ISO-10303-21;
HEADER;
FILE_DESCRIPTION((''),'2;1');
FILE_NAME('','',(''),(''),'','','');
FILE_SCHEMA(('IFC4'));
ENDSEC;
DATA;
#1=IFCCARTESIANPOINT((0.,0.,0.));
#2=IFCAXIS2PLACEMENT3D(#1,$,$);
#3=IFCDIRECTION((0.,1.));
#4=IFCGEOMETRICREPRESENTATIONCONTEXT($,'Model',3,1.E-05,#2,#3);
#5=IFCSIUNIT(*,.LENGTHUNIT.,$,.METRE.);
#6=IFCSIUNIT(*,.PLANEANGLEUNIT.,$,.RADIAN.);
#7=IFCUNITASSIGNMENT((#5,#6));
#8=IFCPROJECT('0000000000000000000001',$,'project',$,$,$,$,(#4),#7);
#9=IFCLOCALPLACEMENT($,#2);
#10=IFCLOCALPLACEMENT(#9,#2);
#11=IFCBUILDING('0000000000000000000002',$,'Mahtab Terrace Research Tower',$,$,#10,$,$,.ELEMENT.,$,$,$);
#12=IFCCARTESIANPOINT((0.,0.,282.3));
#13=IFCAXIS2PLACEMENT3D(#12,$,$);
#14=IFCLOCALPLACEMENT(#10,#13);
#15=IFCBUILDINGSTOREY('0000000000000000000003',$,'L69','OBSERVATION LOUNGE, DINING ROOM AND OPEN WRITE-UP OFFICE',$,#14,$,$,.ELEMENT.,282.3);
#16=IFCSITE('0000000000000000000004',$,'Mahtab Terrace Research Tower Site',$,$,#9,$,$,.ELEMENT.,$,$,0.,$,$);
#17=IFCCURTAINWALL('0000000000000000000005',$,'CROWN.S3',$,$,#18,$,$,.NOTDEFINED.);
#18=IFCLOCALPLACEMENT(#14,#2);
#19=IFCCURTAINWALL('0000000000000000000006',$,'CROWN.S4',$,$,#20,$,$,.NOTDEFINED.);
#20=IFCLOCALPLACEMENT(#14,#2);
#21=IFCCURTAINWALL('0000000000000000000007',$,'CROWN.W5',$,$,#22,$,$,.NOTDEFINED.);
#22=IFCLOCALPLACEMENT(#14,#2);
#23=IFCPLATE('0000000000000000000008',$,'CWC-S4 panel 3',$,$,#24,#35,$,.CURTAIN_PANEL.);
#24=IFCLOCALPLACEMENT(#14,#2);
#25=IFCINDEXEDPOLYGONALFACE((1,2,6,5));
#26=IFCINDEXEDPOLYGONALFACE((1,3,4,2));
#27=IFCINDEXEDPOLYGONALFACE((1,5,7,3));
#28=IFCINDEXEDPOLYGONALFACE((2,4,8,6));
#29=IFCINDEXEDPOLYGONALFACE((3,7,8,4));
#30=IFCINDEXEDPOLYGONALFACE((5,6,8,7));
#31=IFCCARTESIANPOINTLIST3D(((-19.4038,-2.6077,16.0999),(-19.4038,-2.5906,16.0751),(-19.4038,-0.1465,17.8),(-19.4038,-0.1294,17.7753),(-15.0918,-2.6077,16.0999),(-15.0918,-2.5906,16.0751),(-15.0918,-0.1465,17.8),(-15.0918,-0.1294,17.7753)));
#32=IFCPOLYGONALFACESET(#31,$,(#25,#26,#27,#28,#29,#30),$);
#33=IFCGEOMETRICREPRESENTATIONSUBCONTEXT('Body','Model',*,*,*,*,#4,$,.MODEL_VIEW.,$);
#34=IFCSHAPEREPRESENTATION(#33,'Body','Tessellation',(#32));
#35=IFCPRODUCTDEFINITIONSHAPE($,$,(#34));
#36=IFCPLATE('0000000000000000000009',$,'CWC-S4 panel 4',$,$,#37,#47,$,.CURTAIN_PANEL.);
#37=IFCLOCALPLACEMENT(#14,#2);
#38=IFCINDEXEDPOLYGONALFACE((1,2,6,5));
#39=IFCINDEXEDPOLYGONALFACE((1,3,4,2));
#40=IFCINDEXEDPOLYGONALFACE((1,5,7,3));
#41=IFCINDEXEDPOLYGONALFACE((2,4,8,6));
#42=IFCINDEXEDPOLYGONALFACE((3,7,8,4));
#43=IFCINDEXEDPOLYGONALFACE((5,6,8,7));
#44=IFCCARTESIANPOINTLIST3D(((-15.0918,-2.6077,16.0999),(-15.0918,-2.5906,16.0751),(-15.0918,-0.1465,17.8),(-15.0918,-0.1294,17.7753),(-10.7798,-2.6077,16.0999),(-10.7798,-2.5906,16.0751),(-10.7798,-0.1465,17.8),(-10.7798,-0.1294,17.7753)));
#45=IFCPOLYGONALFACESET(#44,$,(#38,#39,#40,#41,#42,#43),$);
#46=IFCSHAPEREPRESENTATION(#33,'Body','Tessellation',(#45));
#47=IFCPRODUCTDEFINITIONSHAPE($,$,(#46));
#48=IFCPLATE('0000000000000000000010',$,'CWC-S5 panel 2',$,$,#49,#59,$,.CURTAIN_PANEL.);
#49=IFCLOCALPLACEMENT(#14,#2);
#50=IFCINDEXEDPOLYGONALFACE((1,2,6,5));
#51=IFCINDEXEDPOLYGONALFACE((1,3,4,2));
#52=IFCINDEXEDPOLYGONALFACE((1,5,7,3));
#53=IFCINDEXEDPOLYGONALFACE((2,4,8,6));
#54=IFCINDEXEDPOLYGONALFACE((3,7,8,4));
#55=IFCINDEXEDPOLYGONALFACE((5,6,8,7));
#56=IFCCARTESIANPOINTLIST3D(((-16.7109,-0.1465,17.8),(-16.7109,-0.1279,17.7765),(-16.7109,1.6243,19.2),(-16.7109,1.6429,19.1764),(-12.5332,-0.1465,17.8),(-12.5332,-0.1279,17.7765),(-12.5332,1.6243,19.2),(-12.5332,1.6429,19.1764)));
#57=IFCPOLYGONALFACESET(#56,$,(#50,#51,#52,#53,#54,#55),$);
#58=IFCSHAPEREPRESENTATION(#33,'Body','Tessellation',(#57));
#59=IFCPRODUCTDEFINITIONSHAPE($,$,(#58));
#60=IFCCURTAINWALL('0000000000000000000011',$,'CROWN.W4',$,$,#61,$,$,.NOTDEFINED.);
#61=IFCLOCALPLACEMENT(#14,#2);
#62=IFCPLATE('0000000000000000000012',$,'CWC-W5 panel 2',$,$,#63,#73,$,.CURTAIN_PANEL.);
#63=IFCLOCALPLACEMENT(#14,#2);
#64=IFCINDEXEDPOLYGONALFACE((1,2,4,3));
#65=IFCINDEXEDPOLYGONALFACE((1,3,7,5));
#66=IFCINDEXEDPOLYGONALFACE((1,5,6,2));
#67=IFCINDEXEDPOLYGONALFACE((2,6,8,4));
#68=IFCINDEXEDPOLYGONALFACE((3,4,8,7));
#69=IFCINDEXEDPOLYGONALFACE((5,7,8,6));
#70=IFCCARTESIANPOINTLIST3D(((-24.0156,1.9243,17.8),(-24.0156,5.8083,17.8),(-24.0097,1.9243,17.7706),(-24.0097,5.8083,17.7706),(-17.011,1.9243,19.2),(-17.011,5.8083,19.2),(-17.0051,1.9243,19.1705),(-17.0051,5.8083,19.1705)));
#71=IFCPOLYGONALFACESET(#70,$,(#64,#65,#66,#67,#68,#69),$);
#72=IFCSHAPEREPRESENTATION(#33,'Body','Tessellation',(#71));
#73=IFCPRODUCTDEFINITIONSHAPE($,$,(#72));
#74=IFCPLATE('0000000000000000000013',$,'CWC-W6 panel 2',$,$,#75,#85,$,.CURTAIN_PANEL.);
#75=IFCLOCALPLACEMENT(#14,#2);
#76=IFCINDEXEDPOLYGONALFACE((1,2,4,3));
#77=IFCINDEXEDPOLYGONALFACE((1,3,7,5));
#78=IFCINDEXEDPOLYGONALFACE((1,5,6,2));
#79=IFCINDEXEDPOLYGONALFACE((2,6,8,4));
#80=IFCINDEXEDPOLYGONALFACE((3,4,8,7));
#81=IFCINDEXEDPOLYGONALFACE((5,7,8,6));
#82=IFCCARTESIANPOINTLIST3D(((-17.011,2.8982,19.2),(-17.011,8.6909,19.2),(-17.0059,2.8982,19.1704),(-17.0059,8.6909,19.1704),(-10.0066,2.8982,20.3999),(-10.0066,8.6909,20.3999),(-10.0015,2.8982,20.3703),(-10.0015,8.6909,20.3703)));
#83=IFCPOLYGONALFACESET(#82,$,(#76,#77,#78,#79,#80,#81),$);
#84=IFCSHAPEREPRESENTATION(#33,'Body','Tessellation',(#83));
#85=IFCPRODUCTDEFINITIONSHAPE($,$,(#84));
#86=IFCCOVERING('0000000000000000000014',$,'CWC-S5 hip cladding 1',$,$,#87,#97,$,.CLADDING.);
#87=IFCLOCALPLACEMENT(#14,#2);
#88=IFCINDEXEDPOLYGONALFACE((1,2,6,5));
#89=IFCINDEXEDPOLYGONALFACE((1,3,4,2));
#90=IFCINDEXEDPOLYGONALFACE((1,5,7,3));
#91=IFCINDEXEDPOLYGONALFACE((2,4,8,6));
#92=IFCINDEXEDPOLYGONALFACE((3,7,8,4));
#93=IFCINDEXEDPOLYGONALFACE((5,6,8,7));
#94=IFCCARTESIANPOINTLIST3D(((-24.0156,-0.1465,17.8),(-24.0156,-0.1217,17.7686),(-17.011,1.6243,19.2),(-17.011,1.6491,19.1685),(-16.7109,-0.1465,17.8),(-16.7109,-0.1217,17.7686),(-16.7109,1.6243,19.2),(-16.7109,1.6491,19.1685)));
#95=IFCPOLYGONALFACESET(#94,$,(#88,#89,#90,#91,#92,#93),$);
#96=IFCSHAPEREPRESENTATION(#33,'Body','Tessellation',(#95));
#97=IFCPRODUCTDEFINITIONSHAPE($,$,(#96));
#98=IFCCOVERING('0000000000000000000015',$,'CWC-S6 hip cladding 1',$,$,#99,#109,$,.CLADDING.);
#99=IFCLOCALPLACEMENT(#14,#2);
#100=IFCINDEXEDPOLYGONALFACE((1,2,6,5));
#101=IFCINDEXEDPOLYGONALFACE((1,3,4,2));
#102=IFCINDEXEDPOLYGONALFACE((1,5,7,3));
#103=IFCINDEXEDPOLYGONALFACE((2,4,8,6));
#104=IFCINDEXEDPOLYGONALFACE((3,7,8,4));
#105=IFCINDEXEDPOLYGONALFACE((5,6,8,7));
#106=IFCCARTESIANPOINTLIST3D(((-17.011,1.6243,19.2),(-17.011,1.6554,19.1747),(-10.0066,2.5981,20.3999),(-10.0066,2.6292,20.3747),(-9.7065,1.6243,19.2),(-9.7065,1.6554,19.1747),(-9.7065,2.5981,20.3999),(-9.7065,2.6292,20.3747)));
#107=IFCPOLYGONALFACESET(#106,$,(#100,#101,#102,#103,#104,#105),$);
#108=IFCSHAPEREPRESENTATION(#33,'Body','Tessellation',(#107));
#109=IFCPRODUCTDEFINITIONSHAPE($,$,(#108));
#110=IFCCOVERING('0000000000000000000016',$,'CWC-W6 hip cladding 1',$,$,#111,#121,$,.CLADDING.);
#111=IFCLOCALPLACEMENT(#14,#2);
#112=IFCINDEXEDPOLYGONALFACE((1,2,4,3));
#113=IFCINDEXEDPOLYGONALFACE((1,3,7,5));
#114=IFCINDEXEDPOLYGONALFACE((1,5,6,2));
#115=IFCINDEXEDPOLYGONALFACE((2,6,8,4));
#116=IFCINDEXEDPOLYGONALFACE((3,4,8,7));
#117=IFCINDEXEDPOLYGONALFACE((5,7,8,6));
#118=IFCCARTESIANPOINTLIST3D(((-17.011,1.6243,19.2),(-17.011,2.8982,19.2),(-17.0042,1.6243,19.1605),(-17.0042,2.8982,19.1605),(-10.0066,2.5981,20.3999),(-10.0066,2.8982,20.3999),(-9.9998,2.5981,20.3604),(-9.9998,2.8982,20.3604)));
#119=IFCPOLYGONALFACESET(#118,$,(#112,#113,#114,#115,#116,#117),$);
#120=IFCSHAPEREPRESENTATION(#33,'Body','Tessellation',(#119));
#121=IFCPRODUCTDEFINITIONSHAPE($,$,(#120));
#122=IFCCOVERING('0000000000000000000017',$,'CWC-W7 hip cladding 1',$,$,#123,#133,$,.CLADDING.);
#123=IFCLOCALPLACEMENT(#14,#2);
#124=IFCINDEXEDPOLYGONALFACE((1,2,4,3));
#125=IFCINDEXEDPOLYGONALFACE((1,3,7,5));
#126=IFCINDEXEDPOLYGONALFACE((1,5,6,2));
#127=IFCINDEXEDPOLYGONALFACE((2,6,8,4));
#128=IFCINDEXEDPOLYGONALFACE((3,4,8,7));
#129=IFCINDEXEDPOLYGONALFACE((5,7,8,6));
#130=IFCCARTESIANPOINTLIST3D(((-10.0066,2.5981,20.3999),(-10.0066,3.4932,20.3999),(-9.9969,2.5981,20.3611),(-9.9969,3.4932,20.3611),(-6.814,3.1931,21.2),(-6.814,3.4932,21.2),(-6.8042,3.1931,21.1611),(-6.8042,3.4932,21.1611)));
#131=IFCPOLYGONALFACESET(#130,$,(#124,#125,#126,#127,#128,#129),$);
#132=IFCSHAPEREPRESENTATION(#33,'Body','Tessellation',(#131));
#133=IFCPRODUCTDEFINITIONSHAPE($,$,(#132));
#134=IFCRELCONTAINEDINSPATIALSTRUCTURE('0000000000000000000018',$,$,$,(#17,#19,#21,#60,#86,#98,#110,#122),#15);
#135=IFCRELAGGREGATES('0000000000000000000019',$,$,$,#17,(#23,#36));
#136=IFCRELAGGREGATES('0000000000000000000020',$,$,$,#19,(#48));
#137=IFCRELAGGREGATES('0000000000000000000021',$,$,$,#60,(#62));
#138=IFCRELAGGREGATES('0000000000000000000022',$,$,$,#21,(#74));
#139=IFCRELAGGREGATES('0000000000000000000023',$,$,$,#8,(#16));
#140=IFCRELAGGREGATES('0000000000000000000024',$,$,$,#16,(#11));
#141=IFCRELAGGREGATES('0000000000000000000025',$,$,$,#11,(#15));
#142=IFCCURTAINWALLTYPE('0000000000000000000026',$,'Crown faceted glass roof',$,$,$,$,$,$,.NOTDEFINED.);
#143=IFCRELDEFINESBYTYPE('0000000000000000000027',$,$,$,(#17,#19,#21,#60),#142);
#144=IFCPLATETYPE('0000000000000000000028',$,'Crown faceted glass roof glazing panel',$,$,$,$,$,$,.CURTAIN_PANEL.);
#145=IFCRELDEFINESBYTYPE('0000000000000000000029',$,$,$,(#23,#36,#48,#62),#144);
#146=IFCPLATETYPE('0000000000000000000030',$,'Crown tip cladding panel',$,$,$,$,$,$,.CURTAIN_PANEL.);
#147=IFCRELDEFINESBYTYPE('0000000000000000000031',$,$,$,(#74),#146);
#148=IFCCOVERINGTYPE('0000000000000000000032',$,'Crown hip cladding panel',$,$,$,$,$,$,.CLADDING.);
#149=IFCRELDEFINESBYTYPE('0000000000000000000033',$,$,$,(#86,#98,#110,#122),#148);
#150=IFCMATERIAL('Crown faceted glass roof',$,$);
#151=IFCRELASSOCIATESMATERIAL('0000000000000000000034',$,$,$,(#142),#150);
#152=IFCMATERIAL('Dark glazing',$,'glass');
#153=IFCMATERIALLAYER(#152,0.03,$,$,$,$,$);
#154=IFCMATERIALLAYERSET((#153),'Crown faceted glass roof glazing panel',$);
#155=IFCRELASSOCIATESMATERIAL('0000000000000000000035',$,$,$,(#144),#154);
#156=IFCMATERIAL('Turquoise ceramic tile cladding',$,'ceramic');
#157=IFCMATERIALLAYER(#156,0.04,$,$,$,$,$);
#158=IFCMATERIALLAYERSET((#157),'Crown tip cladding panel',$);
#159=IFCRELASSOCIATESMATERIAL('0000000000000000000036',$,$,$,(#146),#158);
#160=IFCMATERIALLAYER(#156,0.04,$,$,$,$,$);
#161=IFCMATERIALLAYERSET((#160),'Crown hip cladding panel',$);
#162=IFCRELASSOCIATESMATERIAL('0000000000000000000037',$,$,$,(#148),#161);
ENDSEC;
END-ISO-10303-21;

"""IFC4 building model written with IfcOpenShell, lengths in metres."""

from ifc_helpers import new_model, si_unit, direction, frame, origin, place, context, subcontext, project, spatial, polyline, outline, extrude, material, layer, layer_set, type_object, element, aggregate, save


model = new_model("IFC4")

# Units and contexts
model_context = context("Model", 3, precision=1e-05, world=origin(), true_north=direction((0.0, 1.0)))
body_context = subcontext(model_context, "Body", "Model", "MODEL_VIEW")
ifc_project = project(units=[si_unit("LENGTHUNIT", "METRE"), si_unit("PLANEANGLEUNIT", "RADIAN")], contexts=[model_context])

# Site, building, storey
site_placement = place(None, origin())
site = spatial("IfcSite", under=ifc_project, at=site_placement, Name="Mahtab Terrace Research Tower Site", CompositionType="ELEMENT", RefElevation=0.0)
building_placement = place(site_placement, origin())
building = spatial("IfcBuilding", under=site, at=building_placement, Name="Mahtab Terrace Research Tower", CompositionType="ELEMENT")
storey_placement = place(building_placement, frame((0.0, 0.0, 282.3)))
storey = spatial("IfcBuildingStorey", under=building, at=storey_placement, Name="L69", Description="OBSERVATION LOUNGE, DINING ROOM AND OPEN WRITE-UP OFFICE", CompositionType="ELEMENT", Elevation=282.3)

# Shared definitions
ifc_material_1 = material(Name="Crown faceted glass roof")
curtain_wall_type = type_object("IfcCurtainWallType", Name="Crown faceted glass roof", PredefinedType="NOTDEFINED", material=ifc_material_1)

# Curtain walls
curtain_wall_1_placement = place(storey_placement, origin())
curtain_wall_1 = element("IfcCurtainWall", 1, at=curtain_wall_1_placement, inside=storey, type_object=curtain_wall_type, Name="CROWN.S3", PredefinedType="NOTDEFINED")
curtain_wall_2_placement = place(storey_placement, origin())
curtain_wall_2 = element("IfcCurtainWall", 2, at=curtain_wall_2_placement, inside=storey, type_object=curtain_wall_type, Name="CROWN.S4", PredefinedType="NOTDEFINED")

# Curtain wall
curtain_wall_3_placement = place(storey_placement, origin())
curtain_wall_3 = element("IfcCurtainWall", 3, at=curtain_wall_3_placement, inside=storey, type_object=curtain_wall_type, Name="CROWN.W5", PredefinedType="NOTDEFINED")

# Plates
ifc_material_2 = material(Name="Dark glazing", Category="glass")
ifc_layer_1 = layer(ifc_material_2, 0.03)
ifc_layer_set_1 = layer_set([ifc_layer_1], Name="Crown faceted glass roof glazing panel")
plate_type_1 = type_object("IfcPlateType", Name="Crown faceted glass roof glazing panel", PredefinedType="CURTAIN_PANEL", material=ifc_layer_set_1)
plate_1_placement = place(storey_placement, frame((-15.0918, -2.6077, 16.0999), z_axis=(0.0, -0.568374, 0.822771), x_axis=(0.0, 0.822771, 0.568374)))
plate_1 = element("IfcPlate", 4, at=plate_1_placement, type_object=plate_type_1, Name="CWC-S4 panel 3", PredefinedType="CURTAIN_PANEL", context=body_context, shape_type="SweptSolid", body=[
    extrude(outline(polyline([(0.0, 0.0), (2.9913, 0.0), (2.9913, 4.312), (0.0, 4.312), (0.0, 0.0)])), origin(), (0.0, 0.0, -1.0), 0.03),
])
plate_2_placement = place(storey_placement, frame((-10.7798, -2.6077, 16.0999), z_axis=(0.0, -0.568374, 0.822771), x_axis=(0.0, 0.822771, 0.568374)))
plate_2 = element("IfcPlate", 5, at=plate_2_placement, type_object=plate_type_1, Name="CWC-S4 panel 4", PredefinedType="CURTAIN_PANEL", context=body_context, shape_type="SweptSolid", body=[
    extrude(outline(polyline([(0.0, 0.0), (2.9913, 0.0), (2.9913, 4.312), (0.0, 4.312), (0.0, 0.0)])), origin(), (0.0, 0.0, -1.0), 0.03),
])
aggregate(curtain_wall_1, [plate_1, plate_2])
plate_3_placement = place(storey_placement, frame((-12.5332, -0.1465, 17.8), z_axis=(0.0, -0.620174, 0.784465), x_axis=(0.0, 0.784465, 0.620174)))
plate_3 = element("IfcPlate", 6, at=plate_3_placement, type_object=plate_type_1, Name="CWC-S5 panel 2", PredefinedType="CURTAIN_PANEL", context=body_context, shape_type="SweptSolid", body=[
    extrude(outline(polyline([(0.0, 0.0), (2.2573, 0.0), (2.2573, 4.1777), (0.0, 4.1777), (0.0, 0.0)])), origin(), (0.0, 0.0, -1.0), 0.03),
])
aggregate(curtain_wall_2, [plate_3])

# Curtain wall, plate
curtain_wall_4_placement = place(storey_placement, origin())
curtain_wall_4 = element("IfcCurtainWall", 7, at=curtain_wall_4_placement, inside=storey, type_object=curtain_wall_type, Name="CROWN.W4", PredefinedType="NOTDEFINED")
plate_4_placement = place(storey_placement, frame((-17.011, 1.9243, 19.2), z_axis=(-0.195978, 0.0, 0.980608), x_axis=(0.0, 1.0, 0.0)))
plate_4 = element("IfcPlate", 8, at=plate_4_placement, type_object=plate_type_1, Name="CWC-W5 panel 2", PredefinedType="CURTAIN_PANEL", context=body_context, shape_type="SweptSolid", body=[
    extrude(outline(polyline([(0.0, 0.0), (3.884, 0.0), (3.884, 7.1432), (0.0, 7.1432), (0.0, 0.0)])), origin(), (0.0, 0.0, -1.0), 0.03),
])
aggregate(curtain_wall_4, [plate_4])

# Plate
ifc_material_3 = material(Name="Turquoise ceramic tile cladding", Category="ceramic")
ifc_layer_2 = layer(ifc_material_3, 0.04)
ifc_layer_set_2 = layer_set([ifc_layer_2], Name="Crown tip cladding panel")
plate_type_2 = type_object("IfcPlateType", Name="Crown tip cladding panel", PredefinedType="CURTAIN_PANEL", material=ifc_layer_set_2)
plate_5_placement = place(storey_placement, frame((-10.0066, 2.8982, 20.3999), z_axis=(-0.168854, 0.0, 0.985641), x_axis=(0.0, 1.0, 0.0)))
plate_5 = element("IfcPlate", 9, at=plate_5_placement, type_object=plate_type_2, Name="CWC-W6 panel 2", PredefinedType="CURTAIN_PANEL", context=body_context, shape_type="SweptSolid", body=[
    extrude(outline(polyline([(0.0, 0.0), (5.7927, 0.0), (5.7927, 7.1064), (0.0, 7.1064), (0.0, 0.0)])), origin(), (0.0, 0.0, -1.0), 0.03),
])
aggregate(curtain_wall_3, [plate_5])

# Coverings
ifc_layer_3 = layer(ifc_material_3, 0.04)
ifc_layer_set_3 = layer_set([ifc_layer_3], Name="Crown hip cladding panel")
covering_type = type_object("IfcCoveringType", Name="Crown hip cladding panel", PredefinedType="CLADDING", material=ifc_layer_set_3)
covering_1_placement = place(storey_placement, frame((-17.011, 1.6243, 19.2), z_axis=(0.0, -0.620174, 0.784465), x_axis=(1.0, 0.0, 0.0)))
element("IfcCovering", 10, at=covering_1_placement, inside=storey, type_object=covering_type, Name="CWC-S5 hip cladding 1", PredefinedType="CLADDING", context=body_context, shape_type="SweptSolid", body=[
    extrude(outline(polyline([(0.0, 0.0), (0.3, 0.0), (0.3, -2.2573), (-7.0046, -2.2573), (0.0, 0.0)])), origin(), (0.0, 0.0, -1.0), 0.04),
])
covering_2_placement = place(storey_placement, frame((-10.0066, 2.5981, 20.3999), z_axis=(0.0, -0.776457, 0.63017), x_axis=(1.0, 0.0, 0.0)))
element("IfcCovering", 11, at=covering_2_placement, inside=storey, type_object=covering_type, Name="CWC-S6 hip cladding 1", PredefinedType="CLADDING", context=body_context, shape_type="SweptSolid", body=[
    extrude(outline(polyline([(0.0, 0.0), (0.3, 0.0), (0.3, -1.5454), (-7.0044, -1.5454), (0.0, 0.0)])), origin(), (0.0, 0.0, -1.0), 0.04),
])
covering_3_placement = place(storey_placement, frame((-17.011, 2.8982, 19.2), z_axis=(-0.168854, 0.0, 0.985641), x_axis=(0.985641, 0.0, 0.168854)))
element("IfcCovering", 12, at=covering_3_placement, inside=storey, type_object=covering_type, Name="CWC-W6 hip cladding 1", PredefinedType="CLADDING", context=body_context, shape_type="SweptSolid", body=[
    extrude(outline(polyline([(0.0, 0.0), (7.1064, 0.0), (7.1064, -0.3), (0.0, -1.2739), (0.0, 0.0)])), origin(), (0.0, 0.0, -1.0), 0.04),
])
covering_4_placement = place(storey_placement, frame((-10.0066, 3.4932, 20.3999), z_axis=(-0.243077, 0.0, 0.970007), x_axis=(0.970007, 0.0, 0.243077)))
element("IfcCovering", 13, at=covering_4_placement, inside=storey, type_object=covering_type, Name="CWC-W7 hip cladding 1", PredefinedType="CLADDING", context=body_context, shape_type="SweptSolid", body=[
    extrude(outline(polyline([(0.0, 0.0), (3.2913, 0.0), (3.2913, -0.3), (0.0, -0.895), (0.0, 0.0)])), origin(), (0.0, 0.0, -1.0), 0.04),
])

save(model, "model.ifc")
